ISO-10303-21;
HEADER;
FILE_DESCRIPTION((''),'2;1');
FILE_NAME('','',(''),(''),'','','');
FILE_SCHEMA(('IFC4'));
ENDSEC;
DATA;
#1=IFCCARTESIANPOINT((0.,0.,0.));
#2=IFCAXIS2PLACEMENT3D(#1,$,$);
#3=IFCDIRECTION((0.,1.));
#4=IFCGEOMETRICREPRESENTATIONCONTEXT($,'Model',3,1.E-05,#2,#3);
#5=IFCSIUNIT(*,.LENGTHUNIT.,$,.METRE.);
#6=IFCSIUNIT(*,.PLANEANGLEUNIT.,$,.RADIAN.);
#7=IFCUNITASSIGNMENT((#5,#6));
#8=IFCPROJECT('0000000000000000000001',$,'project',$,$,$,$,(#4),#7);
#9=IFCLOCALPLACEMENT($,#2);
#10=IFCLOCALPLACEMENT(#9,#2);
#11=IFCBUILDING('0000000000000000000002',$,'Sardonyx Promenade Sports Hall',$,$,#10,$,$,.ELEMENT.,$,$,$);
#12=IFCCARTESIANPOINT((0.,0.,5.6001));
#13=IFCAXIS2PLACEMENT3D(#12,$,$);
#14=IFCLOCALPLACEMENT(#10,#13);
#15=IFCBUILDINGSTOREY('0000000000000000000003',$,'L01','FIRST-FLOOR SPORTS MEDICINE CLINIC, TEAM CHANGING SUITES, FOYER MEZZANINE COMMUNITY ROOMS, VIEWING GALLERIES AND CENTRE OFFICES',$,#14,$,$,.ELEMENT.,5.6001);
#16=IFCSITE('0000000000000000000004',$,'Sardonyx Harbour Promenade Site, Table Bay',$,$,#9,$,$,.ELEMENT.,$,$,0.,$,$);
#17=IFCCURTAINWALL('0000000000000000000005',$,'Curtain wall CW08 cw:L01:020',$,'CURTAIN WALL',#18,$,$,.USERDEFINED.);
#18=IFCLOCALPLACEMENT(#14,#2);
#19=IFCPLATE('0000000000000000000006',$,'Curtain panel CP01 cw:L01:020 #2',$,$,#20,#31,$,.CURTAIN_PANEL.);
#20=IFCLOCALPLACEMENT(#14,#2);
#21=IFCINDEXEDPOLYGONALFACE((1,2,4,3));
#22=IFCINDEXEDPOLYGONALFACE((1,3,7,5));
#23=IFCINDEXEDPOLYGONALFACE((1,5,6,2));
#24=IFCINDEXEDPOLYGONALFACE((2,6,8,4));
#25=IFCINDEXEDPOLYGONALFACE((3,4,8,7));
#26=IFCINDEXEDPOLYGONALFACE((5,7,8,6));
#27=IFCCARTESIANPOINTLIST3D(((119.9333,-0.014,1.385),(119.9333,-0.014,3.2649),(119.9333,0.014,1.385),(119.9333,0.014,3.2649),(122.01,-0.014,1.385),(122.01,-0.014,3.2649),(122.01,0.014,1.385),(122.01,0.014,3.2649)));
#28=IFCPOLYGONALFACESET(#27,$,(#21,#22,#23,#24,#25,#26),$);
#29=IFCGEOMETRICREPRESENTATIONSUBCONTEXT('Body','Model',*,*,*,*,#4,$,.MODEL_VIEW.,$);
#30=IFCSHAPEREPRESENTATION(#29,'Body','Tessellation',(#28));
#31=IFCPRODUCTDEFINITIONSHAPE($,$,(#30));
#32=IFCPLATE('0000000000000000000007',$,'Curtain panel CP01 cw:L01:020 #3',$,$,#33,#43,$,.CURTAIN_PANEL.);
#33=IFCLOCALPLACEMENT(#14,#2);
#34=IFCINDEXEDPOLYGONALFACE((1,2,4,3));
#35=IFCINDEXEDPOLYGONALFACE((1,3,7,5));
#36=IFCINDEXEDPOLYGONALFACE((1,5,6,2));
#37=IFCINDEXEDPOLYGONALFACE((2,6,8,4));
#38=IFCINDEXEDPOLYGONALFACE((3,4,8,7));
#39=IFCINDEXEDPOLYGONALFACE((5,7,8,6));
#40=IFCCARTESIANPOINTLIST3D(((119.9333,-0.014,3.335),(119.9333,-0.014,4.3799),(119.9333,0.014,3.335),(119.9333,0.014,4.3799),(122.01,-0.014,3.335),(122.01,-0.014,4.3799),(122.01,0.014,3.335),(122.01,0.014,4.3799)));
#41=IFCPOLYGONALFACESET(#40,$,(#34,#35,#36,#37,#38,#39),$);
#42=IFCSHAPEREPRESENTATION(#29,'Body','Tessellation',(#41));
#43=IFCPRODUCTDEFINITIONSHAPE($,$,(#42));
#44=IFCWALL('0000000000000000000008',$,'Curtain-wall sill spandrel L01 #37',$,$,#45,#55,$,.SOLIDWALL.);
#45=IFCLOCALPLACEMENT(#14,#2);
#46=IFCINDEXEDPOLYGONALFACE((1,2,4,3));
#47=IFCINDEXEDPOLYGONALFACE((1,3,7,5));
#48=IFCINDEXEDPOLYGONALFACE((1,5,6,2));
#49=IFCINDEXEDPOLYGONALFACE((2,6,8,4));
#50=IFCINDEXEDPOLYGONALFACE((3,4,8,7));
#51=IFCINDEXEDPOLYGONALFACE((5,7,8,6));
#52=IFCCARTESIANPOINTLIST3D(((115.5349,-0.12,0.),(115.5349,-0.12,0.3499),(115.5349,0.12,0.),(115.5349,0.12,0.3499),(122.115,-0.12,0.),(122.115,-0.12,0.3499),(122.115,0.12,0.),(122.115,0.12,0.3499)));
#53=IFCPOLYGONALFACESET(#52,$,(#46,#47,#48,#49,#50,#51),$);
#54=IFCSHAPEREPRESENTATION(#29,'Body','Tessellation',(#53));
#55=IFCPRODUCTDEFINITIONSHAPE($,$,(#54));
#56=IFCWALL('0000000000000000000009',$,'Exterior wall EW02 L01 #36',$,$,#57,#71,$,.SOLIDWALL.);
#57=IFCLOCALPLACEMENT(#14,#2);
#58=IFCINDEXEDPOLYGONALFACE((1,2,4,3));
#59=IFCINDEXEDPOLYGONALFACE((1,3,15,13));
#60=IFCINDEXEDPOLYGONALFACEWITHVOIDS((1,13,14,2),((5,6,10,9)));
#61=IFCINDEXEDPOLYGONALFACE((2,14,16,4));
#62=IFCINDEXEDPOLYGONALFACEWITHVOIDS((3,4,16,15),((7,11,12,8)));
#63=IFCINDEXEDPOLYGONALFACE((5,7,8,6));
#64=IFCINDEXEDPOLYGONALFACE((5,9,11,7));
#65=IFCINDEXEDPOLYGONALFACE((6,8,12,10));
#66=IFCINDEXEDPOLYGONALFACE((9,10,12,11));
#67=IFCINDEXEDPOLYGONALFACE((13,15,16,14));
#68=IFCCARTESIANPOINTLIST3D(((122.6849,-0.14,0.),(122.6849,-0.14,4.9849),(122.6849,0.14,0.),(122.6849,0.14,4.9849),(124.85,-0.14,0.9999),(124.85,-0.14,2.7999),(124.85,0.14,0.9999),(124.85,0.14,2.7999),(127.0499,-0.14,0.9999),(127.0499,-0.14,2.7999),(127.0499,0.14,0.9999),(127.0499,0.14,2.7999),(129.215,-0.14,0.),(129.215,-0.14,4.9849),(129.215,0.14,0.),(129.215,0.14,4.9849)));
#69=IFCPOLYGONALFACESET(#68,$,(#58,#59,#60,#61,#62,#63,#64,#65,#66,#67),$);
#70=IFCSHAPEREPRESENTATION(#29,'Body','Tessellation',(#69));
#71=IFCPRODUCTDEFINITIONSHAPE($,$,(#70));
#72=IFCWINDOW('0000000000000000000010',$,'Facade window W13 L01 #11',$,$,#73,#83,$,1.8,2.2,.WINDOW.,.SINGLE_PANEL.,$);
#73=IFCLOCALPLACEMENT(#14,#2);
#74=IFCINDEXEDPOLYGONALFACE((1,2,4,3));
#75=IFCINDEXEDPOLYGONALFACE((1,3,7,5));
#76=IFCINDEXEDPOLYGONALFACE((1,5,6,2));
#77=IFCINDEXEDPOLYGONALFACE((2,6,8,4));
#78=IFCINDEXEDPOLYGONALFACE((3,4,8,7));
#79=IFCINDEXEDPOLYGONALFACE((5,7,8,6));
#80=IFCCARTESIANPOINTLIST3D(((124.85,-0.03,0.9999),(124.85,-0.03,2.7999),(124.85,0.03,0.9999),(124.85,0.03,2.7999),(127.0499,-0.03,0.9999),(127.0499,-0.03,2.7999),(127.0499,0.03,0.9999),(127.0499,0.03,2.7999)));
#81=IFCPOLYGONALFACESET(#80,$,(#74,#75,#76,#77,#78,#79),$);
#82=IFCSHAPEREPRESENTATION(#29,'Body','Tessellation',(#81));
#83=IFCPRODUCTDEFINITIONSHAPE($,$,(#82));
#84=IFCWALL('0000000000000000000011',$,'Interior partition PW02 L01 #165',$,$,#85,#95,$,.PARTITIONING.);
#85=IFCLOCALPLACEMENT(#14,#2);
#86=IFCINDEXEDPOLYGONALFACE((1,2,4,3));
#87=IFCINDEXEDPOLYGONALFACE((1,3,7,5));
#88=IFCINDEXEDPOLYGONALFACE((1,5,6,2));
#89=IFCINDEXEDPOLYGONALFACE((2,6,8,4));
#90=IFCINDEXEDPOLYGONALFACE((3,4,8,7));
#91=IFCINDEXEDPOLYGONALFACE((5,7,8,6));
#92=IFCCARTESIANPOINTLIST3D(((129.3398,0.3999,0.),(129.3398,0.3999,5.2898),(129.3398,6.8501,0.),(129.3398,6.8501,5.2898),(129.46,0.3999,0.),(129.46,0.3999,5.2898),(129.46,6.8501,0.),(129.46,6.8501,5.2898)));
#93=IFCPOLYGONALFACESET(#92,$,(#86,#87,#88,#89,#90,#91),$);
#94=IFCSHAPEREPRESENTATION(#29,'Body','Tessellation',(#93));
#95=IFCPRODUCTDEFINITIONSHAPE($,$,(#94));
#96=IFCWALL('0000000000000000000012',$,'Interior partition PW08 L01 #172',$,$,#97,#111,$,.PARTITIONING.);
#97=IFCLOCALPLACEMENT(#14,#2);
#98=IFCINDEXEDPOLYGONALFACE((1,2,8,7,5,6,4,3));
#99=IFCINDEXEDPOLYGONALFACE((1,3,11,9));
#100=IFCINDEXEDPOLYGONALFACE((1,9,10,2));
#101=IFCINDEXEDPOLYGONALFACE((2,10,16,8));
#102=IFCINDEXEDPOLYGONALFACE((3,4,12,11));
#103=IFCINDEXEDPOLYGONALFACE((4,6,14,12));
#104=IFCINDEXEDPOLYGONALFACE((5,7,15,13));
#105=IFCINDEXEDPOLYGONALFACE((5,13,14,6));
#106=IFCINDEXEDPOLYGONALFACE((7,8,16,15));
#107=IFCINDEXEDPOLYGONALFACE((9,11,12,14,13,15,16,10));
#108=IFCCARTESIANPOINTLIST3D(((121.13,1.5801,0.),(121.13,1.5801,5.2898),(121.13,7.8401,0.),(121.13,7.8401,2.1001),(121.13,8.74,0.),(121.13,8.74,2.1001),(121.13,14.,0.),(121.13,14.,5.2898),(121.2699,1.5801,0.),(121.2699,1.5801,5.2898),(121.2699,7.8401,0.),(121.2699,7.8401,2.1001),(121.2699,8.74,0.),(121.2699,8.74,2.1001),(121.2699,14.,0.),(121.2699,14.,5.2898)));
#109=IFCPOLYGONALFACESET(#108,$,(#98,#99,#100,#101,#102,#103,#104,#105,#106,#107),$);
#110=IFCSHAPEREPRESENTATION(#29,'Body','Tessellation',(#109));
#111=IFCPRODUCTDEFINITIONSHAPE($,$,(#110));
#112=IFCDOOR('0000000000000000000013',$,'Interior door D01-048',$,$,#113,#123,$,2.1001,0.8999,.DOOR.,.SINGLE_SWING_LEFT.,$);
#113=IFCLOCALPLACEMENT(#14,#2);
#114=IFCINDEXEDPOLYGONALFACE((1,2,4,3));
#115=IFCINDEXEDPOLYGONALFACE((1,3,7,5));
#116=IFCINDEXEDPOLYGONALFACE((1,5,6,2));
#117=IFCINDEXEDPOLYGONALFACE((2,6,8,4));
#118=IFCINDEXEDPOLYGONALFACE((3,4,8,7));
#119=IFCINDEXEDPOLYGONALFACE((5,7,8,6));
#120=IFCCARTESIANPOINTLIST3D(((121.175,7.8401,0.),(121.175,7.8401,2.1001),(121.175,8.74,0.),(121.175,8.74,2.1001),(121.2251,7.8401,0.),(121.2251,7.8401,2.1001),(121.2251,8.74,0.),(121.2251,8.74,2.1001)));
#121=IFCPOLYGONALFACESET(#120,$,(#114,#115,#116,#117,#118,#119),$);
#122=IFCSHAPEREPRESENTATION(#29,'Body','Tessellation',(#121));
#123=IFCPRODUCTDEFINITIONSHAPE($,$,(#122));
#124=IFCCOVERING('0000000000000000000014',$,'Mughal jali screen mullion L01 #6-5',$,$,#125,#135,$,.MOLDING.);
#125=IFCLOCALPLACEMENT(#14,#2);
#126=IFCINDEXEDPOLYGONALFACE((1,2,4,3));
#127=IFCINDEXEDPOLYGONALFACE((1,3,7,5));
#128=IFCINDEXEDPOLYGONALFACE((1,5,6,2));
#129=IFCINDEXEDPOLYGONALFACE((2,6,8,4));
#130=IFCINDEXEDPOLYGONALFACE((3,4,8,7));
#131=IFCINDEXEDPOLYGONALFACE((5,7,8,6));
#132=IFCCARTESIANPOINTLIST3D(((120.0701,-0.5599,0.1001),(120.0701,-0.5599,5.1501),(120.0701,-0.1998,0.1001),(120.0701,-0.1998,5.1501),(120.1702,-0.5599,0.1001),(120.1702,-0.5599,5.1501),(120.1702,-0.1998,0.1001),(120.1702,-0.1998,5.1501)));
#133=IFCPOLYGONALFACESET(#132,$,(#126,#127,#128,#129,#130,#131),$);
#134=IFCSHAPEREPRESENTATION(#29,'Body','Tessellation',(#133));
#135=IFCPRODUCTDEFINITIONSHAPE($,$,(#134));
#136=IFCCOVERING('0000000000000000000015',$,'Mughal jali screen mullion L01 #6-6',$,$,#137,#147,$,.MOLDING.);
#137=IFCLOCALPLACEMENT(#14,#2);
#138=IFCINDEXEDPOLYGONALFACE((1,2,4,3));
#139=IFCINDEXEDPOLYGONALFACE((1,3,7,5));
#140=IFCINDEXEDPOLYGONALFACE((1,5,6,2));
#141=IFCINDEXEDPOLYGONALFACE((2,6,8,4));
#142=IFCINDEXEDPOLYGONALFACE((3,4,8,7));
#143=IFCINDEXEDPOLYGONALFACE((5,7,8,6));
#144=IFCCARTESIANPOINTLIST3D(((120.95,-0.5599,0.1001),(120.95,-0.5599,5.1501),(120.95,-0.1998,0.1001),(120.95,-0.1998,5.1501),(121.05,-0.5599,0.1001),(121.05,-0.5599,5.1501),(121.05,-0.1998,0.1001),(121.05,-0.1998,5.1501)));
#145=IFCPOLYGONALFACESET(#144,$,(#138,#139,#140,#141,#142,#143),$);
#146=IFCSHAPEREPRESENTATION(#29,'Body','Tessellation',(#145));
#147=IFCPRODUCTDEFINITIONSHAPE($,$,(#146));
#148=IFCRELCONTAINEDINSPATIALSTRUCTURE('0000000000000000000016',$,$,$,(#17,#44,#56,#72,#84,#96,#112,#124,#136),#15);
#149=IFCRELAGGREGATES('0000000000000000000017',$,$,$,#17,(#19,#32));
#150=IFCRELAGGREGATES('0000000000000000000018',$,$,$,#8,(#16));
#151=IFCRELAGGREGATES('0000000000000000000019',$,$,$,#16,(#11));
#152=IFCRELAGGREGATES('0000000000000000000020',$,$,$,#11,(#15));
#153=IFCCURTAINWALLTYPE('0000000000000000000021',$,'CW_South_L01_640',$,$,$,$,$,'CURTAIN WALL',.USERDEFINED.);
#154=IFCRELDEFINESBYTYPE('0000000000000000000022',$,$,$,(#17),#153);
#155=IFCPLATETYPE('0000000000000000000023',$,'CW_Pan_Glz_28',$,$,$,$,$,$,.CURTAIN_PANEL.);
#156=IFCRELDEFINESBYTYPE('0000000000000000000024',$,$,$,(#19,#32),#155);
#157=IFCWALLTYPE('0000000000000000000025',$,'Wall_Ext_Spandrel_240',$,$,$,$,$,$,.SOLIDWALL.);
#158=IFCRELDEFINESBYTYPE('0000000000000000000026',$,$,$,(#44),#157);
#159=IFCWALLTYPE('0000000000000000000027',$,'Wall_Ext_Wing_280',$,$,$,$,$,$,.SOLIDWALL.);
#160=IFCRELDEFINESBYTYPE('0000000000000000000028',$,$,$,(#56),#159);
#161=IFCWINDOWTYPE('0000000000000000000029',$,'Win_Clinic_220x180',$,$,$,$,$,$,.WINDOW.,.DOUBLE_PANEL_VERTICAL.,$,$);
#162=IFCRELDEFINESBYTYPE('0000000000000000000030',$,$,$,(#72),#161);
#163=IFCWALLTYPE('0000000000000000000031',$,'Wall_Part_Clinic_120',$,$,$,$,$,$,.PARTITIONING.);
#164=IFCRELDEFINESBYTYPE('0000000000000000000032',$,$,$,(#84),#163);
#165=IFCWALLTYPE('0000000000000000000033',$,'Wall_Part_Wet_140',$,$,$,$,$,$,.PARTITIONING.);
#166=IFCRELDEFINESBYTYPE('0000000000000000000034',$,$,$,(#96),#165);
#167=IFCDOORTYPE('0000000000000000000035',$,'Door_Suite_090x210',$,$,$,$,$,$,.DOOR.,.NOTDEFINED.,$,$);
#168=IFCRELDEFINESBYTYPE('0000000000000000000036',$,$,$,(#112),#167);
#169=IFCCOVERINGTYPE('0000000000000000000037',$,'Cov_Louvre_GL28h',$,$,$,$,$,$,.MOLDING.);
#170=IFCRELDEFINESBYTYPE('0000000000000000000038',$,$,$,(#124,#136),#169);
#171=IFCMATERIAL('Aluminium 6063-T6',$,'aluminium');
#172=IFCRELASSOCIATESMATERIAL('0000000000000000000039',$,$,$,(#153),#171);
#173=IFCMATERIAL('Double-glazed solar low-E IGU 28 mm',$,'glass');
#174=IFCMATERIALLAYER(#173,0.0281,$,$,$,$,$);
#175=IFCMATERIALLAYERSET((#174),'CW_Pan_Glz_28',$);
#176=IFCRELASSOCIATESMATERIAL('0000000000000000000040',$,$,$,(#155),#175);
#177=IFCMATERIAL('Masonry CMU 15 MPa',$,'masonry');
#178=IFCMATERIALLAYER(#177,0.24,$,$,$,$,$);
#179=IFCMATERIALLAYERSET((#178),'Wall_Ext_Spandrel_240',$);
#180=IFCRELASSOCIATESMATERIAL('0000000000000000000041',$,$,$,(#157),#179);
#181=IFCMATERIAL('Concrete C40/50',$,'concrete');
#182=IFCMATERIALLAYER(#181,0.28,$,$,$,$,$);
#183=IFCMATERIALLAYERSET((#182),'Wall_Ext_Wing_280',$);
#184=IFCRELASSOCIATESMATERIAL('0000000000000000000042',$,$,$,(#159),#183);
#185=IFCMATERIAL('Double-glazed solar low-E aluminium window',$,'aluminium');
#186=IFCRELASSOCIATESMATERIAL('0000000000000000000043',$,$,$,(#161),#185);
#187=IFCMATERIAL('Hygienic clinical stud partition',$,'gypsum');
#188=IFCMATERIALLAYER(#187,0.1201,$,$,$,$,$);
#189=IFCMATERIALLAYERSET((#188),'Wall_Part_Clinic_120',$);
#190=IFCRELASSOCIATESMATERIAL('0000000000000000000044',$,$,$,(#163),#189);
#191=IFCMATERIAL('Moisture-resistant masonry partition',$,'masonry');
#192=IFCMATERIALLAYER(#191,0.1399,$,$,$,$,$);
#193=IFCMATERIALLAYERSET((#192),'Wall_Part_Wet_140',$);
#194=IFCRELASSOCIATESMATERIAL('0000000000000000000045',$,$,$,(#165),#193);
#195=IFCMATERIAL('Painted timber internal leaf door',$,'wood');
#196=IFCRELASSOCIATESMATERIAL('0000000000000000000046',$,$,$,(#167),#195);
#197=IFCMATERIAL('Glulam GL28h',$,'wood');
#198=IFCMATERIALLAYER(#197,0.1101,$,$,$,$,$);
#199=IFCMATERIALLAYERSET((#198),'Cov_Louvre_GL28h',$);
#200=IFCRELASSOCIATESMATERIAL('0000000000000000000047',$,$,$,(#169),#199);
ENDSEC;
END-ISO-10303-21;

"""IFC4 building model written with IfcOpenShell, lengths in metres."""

from ifc_helpers import new_model, si_unit, direction, frame, frame_2d, origin, origin_2d, place, context, subcontext, project, spatial, rectangle, extrude, material, layer, layer_set, type_object, element, fill, aggregate, save


model = new_model("IFC4")

# Units and contexts
model_context = context("Model", 3, precision=1e-05, world=origin(), true_north=direction((0.0, 1.0)))
body_context = subcontext(model_context, "Body", "Model", "MODEL_VIEW")
ifc_project = project(units=[si_unit("LENGTHUNIT", "METRE"), si_unit("PLANEANGLEUNIT", "RADIAN")], contexts=[model_context])

# Site, building, storey
site_placement = place(None, origin())
site = spatial("IfcSite", under=ifc_project, at=site_placement, Name="Sardonyx Harbour Promenade Site, Table Bay", CompositionType="ELEMENT", RefElevation=0.0)
building_placement = place(site_placement, origin())
building = spatial("IfcBuilding", under=site, at=building_placement, Name="Sardonyx Promenade Sports Hall", CompositionType="ELEMENT")
storey_placement = place(building_placement, frame((0.0, 0.0, 5.6001)))
storey = spatial("IfcBuildingStorey", under=building, at=storey_placement, Name="L01", Description="FIRST-FLOOR SPORTS MEDICINE CLINIC, TEAM CHANGING SUITES, FOYER MEZZANINE COMMUNITY ROOMS, VIEWING GALLERIES AND CENTRE OFFICES", CompositionType="ELEMENT", Elevation=5.6001)

# Shared definitions
ifc_material_1 = material(Name="Aluminium 6063-T6", Category="aluminium")
curtain_wall_type = type_object("IfcCurtainWallType", Name="CW_South_L01_640", ElementType="CURTAIN WALL", PredefinedType="USERDEFINED", material=ifc_material_1)

# Curtain wall, plates
curtain_wall_1_placement = place(storey_placement, origin())
curtain_wall_1 = element("IfcCurtainWall", 1, at=curtain_wall_1_placement, inside=storey, type_object=curtain_wall_type, Name="Curtain wall CW08 cw:L01:020", ObjectType="CURTAIN WALL", PredefinedType="USERDEFINED")
ifc_material_2 = material(Name="Double-glazed solar low-E IGU 28 mm", Category="glass")
ifc_layer_1 = layer(ifc_material_2, 0.0281)
ifc_layer_set_1 = layer_set([ifc_layer_1], Name="CW_Pan_Glz_28")
plate_type = type_object("IfcPlateType", Name="CW_Pan_Glz_28", PredefinedType="CURTAIN_PANEL", material=ifc_layer_set_1)
plate_1_placement = place(storey_placement, frame((120.9717, 0.0, 1.385), z_axis=(0.0, 0.0, 1.0), x_axis=(-1.0, 0.0, 0.0)))
plate_1 = element("IfcPlate", 2, at=plate_1_placement, type_object=plate_type, Name="Curtain panel CP01 cw:L01:020 #2", PredefinedType="CURTAIN_PANEL", context=body_context, shape_type="SweptSolid", body=[
    extrude(rectangle(XDim=2.0767, YDim=0.0281, at=origin_2d()), origin(), (0.0, 0.0, 1.0), 1.8799),
])
plate_2_placement = place(storey_placement, frame((120.9717, 0.0, 3.335), z_axis=(0.0, 0.0, 1.0), x_axis=(-1.0, 0.0, 0.0)))
plate_2 = element("IfcPlate", 3, at=plate_2_placement, type_object=plate_type, Name="Curtain panel CP01 cw:L01:020 #3", PredefinedType="CURTAIN_PANEL", context=body_context, shape_type="SweptSolid", body=[
    extrude(rectangle(XDim=2.0767, YDim=0.0281, at=origin_2d()), origin(), (0.0, 0.0, 1.0), 1.0449),
])
aggregate(curtain_wall_1, [plate_1, plate_2])

# Wall
ifc_material_3 = material(Name="Masonry CMU 15 MPa", Category="masonry")
ifc_layer_2 = layer(ifc_material_3, 0.24)
ifc_layer_set_2 = layer_set([ifc_layer_2], Name="Wall_Ext_Spandrel_240")
wall_type_1 = type_object("IfcWallType", Name="Wall_Ext_Spandrel_240", PredefinedType="SOLIDWALL", material=ifc_layer_set_2)
wall_1_placement = place(storey_placement, frame((122.115, 0.0, 0.0), z_axis=(0.0, 0.0, 1.0), x_axis=(-1.0, 0.0, 0.0)))
element("IfcWall", 4, at=wall_1_placement, inside=storey, type_object=wall_type_1, Name="Curtain-wall sill spandrel L01 #37", PredefinedType="SOLIDWALL", context=body_context, shape_type="SweptSolid", body=[
    extrude(rectangle(XDim=6.5801, YDim=0.24, at=frame_2d((3.29, 0.0))), origin(), (0.0, 0.0, 1.0), 0.3499),
])

# Wall, opening, window
ifc_material_4 = material(Name="Concrete C40/50", Category="concrete")
ifc_layer_3 = layer(ifc_material_4, 0.28)
ifc_layer_set_3 = layer_set([ifc_layer_3], Name="Wall_Ext_Wing_280")
wall_type_2 = type_object("IfcWallType", Name="Wall_Ext_Wing_280", PredefinedType="SOLIDWALL", material=ifc_layer_set_3)
wall_2_placement = place(storey_placement, frame((129.2151, 0.0, 0.0), z_axis=(0.0, 0.0, 1.0), x_axis=(-1.0, 0.0, 0.0)))
wall_2 = element("IfcWall", 5, at=wall_2_placement, inside=storey, type_object=wall_type_2, Name="Exterior wall EW02 L01 #36", PredefinedType="SOLIDWALL", context=body_context, shape_type="SweptSolid", body=[
    extrude(rectangle(XDim=6.53, YDim=0.28, at=frame_2d((3.2651, 0.0))), origin(), (0.0, 0.0, 1.0), 4.9849),
])
opening_1_placement = place(wall_2_placement, frame((2.165, 0.0, 1.0)))
opening_1 = element("IfcOpeningElement", 6, at=opening_1_placement, cuts=wall_2, PredefinedType="OPENING", context=body_context, shape_type="SweptSolid", body=[
    extrude(rectangle(XDim=2.2, YDim=1.8, at=frame_2d((1.1001, 0.8999))), frame((0.0, 0.15, 0.0), z_axis=(0.0, -1.0, 0.0), x_axis=(1.0, 0.0, 0.0)), (0.0, 0.0, 1.0), 0.3),
])
ifc_material_5 = material(Name="Double-glazed solar low-E aluminium window", Category="aluminium")
window_type = type_object("IfcWindowType", Name="Win_Clinic_220x180", PartitioningType="DOUBLE_PANEL_VERTICAL", PredefinedType="WINDOW", material=ifc_material_5)
window_placement = place(opening_1_placement, origin())
window = element("IfcWindow", 7, at=window_placement, inside=storey, type_object=window_type, Name="Facade window W13 L01 #11", OverallHeight=1.8, OverallWidth=2.2, PartitioningType="SINGLE_PANEL", PredefinedType="WINDOW", context=body_context, shape_type="SweptSolid", body=[
    extrude(rectangle(XDim=2.2, YDim=1.8, at=frame_2d((1.1001, 0.8999))), frame((0.0, 0.03, 0.0), z_axis=(0.0, -1.0, 0.0), x_axis=(1.0, 0.0, 0.0)), (0.0, 0.0, 1.0), 0.0601),
])
fill(opening_1, window)

# Wall
ifc_material_6 = material(Name="Hygienic clinical stud partition", Category="gypsum")
ifc_layer_4 = layer(ifc_material_6, 0.1201)
ifc_layer_set_4 = layer_set([ifc_layer_4], Name="Wall_Part_Clinic_120")
wall_type_3 = type_object("IfcWallType", Name="Wall_Part_Clinic_120", PredefinedType="PARTITIONING", material=ifc_layer_set_4)
wall_3_placement = place(storey_placement, frame((129.3999, 0.3999, 0.0), z_axis=(0.0, 0.0, 1.0), x_axis=(0.0, 1.0, 0.0)))
element("IfcWall", 8, at=wall_3_placement, inside=storey, type_object=wall_type_3, Name="Interior partition PW02 L01 #165", PredefinedType="PARTITIONING", context=body_context, shape_type="SweptSolid", body=[
    extrude(rectangle(XDim=6.4502, YDim=0.1201, at=frame_2d((3.2251, 0.0))), origin(), (0.0, 0.0, 1.0), 5.2898),
])

# Wall, opening, door
ifc_material_7 = material(Name="Moisture-resistant masonry partition", Category="masonry")
ifc_layer_5 = layer(ifc_material_7, 0.1399)
ifc_layer_set_5 = layer_set([ifc_layer_5], Name="Wall_Part_Wet_140")
wall_type_4 = type_object("IfcWallType", Name="Wall_Part_Wet_140", PredefinedType="PARTITIONING", material=ifc_layer_set_5)
wall_4_placement = place(storey_placement, frame((121.2, 1.5801, 0.0), z_axis=(0.0, 0.0, 1.0), x_axis=(0.0, 1.0, 0.0)))
wall_4 = element("IfcWall", 9, at=wall_4_placement, inside=storey, type_object=wall_type_4, Name="Interior partition PW08 L01 #172", PredefinedType="PARTITIONING", context=body_context, shape_type="SweptSolid", body=[
    extrude(rectangle(XDim=12.4199, YDim=0.1399, at=frame_2d((6.21, 0.0))), origin(), (0.0, 0.0, 1.0), 5.2898),
])
opening_2_placement = place(wall_4_placement, frame((6.26, 0.0, 0.0)))
opening_2 = element("IfcOpeningElement", 10, at=opening_2_placement, cuts=wall_4, PredefinedType="OPENING", context=body_context, shape_type="SweptSolid", body=[
    extrude(rectangle(XDim=0.8999, YDim=2.1001, at=frame_2d((0.45, 1.05))), frame((0.0, 0.08, 0.0), z_axis=(0.0, -1.0, 0.0), x_axis=(1.0, 0.0, 0.0)), (0.0, 0.0, 1.0), 0.16),
])
ifc_material_8 = material(Name="Painted timber internal leaf door", Category="wood")
door_type = type_object("IfcDoorType", Name="Door_Suite_090x210", OperationType="NOTDEFINED", PredefinedType="DOOR", material=ifc_material_8)
door_placement = place(opening_2_placement, origin())
door = element("IfcDoor", 11, at=door_placement, inside=storey, type_object=door_type, Name="Interior door D01-048", OperationType="SINGLE_SWING_LEFT", OverallHeight=2.1001, OverallWidth=0.8999, PredefinedType="DOOR", context=body_context, shape_type="SweptSolid", body=[
    extrude(rectangle(XDim=0.8999, YDim=2.1001, at=frame_2d((0.45, 1.05))), frame((0.0, 0.0249, 0.0), z_axis=(0.0, -1.0, 0.0), x_axis=(1.0, 0.0, 0.0)), (0.0, 0.0, 1.0), 0.05),
])
fill(opening_2, door)

# Coverings
ifc_material_9 = material(Name="Glulam GL28h", Category="wood")
ifc_layer_6 = layer(ifc_material_9, 0.1101)
ifc_layer_set_6 = layer_set([ifc_layer_6], Name="Cov_Louvre_GL28h")
covering_type = type_object("IfcCoveringType", Name="Cov_Louvre_GL28h", PredefinedType="MOLDING", material=ifc_layer_set_6)
for number, where, z_axis, x_axis, name in (
    (12, (120.1201, -0.3799, 0.1001), (0.0, 0.0, 1.0), (1.0, 0.0, 0.0), "Mughal jali screen mullion L01 #6-5"),
    (13, (121.0, -0.3799, 0.1001), (0.0, 0.0, 1.0), (1.0, 0.0, 0.0), "Mughal jali screen mullion L01 #6-6"),
):
    element("IfcCovering", number, at=place(storey_placement, frame(where, z_axis=z_axis, x_axis=x_axis)), inside=storey, type_object=covering_type, Name=name, PredefinedType="MOLDING", context=body_context, shape_type="SweptSolid", body=[
        extrude(rectangle(XDim=0.1001, YDim=0.3601, at=origin_2d()), origin(), (0.0, 0.0, 1.0), 5.05),
    ])

save(model, "model.ifc")
